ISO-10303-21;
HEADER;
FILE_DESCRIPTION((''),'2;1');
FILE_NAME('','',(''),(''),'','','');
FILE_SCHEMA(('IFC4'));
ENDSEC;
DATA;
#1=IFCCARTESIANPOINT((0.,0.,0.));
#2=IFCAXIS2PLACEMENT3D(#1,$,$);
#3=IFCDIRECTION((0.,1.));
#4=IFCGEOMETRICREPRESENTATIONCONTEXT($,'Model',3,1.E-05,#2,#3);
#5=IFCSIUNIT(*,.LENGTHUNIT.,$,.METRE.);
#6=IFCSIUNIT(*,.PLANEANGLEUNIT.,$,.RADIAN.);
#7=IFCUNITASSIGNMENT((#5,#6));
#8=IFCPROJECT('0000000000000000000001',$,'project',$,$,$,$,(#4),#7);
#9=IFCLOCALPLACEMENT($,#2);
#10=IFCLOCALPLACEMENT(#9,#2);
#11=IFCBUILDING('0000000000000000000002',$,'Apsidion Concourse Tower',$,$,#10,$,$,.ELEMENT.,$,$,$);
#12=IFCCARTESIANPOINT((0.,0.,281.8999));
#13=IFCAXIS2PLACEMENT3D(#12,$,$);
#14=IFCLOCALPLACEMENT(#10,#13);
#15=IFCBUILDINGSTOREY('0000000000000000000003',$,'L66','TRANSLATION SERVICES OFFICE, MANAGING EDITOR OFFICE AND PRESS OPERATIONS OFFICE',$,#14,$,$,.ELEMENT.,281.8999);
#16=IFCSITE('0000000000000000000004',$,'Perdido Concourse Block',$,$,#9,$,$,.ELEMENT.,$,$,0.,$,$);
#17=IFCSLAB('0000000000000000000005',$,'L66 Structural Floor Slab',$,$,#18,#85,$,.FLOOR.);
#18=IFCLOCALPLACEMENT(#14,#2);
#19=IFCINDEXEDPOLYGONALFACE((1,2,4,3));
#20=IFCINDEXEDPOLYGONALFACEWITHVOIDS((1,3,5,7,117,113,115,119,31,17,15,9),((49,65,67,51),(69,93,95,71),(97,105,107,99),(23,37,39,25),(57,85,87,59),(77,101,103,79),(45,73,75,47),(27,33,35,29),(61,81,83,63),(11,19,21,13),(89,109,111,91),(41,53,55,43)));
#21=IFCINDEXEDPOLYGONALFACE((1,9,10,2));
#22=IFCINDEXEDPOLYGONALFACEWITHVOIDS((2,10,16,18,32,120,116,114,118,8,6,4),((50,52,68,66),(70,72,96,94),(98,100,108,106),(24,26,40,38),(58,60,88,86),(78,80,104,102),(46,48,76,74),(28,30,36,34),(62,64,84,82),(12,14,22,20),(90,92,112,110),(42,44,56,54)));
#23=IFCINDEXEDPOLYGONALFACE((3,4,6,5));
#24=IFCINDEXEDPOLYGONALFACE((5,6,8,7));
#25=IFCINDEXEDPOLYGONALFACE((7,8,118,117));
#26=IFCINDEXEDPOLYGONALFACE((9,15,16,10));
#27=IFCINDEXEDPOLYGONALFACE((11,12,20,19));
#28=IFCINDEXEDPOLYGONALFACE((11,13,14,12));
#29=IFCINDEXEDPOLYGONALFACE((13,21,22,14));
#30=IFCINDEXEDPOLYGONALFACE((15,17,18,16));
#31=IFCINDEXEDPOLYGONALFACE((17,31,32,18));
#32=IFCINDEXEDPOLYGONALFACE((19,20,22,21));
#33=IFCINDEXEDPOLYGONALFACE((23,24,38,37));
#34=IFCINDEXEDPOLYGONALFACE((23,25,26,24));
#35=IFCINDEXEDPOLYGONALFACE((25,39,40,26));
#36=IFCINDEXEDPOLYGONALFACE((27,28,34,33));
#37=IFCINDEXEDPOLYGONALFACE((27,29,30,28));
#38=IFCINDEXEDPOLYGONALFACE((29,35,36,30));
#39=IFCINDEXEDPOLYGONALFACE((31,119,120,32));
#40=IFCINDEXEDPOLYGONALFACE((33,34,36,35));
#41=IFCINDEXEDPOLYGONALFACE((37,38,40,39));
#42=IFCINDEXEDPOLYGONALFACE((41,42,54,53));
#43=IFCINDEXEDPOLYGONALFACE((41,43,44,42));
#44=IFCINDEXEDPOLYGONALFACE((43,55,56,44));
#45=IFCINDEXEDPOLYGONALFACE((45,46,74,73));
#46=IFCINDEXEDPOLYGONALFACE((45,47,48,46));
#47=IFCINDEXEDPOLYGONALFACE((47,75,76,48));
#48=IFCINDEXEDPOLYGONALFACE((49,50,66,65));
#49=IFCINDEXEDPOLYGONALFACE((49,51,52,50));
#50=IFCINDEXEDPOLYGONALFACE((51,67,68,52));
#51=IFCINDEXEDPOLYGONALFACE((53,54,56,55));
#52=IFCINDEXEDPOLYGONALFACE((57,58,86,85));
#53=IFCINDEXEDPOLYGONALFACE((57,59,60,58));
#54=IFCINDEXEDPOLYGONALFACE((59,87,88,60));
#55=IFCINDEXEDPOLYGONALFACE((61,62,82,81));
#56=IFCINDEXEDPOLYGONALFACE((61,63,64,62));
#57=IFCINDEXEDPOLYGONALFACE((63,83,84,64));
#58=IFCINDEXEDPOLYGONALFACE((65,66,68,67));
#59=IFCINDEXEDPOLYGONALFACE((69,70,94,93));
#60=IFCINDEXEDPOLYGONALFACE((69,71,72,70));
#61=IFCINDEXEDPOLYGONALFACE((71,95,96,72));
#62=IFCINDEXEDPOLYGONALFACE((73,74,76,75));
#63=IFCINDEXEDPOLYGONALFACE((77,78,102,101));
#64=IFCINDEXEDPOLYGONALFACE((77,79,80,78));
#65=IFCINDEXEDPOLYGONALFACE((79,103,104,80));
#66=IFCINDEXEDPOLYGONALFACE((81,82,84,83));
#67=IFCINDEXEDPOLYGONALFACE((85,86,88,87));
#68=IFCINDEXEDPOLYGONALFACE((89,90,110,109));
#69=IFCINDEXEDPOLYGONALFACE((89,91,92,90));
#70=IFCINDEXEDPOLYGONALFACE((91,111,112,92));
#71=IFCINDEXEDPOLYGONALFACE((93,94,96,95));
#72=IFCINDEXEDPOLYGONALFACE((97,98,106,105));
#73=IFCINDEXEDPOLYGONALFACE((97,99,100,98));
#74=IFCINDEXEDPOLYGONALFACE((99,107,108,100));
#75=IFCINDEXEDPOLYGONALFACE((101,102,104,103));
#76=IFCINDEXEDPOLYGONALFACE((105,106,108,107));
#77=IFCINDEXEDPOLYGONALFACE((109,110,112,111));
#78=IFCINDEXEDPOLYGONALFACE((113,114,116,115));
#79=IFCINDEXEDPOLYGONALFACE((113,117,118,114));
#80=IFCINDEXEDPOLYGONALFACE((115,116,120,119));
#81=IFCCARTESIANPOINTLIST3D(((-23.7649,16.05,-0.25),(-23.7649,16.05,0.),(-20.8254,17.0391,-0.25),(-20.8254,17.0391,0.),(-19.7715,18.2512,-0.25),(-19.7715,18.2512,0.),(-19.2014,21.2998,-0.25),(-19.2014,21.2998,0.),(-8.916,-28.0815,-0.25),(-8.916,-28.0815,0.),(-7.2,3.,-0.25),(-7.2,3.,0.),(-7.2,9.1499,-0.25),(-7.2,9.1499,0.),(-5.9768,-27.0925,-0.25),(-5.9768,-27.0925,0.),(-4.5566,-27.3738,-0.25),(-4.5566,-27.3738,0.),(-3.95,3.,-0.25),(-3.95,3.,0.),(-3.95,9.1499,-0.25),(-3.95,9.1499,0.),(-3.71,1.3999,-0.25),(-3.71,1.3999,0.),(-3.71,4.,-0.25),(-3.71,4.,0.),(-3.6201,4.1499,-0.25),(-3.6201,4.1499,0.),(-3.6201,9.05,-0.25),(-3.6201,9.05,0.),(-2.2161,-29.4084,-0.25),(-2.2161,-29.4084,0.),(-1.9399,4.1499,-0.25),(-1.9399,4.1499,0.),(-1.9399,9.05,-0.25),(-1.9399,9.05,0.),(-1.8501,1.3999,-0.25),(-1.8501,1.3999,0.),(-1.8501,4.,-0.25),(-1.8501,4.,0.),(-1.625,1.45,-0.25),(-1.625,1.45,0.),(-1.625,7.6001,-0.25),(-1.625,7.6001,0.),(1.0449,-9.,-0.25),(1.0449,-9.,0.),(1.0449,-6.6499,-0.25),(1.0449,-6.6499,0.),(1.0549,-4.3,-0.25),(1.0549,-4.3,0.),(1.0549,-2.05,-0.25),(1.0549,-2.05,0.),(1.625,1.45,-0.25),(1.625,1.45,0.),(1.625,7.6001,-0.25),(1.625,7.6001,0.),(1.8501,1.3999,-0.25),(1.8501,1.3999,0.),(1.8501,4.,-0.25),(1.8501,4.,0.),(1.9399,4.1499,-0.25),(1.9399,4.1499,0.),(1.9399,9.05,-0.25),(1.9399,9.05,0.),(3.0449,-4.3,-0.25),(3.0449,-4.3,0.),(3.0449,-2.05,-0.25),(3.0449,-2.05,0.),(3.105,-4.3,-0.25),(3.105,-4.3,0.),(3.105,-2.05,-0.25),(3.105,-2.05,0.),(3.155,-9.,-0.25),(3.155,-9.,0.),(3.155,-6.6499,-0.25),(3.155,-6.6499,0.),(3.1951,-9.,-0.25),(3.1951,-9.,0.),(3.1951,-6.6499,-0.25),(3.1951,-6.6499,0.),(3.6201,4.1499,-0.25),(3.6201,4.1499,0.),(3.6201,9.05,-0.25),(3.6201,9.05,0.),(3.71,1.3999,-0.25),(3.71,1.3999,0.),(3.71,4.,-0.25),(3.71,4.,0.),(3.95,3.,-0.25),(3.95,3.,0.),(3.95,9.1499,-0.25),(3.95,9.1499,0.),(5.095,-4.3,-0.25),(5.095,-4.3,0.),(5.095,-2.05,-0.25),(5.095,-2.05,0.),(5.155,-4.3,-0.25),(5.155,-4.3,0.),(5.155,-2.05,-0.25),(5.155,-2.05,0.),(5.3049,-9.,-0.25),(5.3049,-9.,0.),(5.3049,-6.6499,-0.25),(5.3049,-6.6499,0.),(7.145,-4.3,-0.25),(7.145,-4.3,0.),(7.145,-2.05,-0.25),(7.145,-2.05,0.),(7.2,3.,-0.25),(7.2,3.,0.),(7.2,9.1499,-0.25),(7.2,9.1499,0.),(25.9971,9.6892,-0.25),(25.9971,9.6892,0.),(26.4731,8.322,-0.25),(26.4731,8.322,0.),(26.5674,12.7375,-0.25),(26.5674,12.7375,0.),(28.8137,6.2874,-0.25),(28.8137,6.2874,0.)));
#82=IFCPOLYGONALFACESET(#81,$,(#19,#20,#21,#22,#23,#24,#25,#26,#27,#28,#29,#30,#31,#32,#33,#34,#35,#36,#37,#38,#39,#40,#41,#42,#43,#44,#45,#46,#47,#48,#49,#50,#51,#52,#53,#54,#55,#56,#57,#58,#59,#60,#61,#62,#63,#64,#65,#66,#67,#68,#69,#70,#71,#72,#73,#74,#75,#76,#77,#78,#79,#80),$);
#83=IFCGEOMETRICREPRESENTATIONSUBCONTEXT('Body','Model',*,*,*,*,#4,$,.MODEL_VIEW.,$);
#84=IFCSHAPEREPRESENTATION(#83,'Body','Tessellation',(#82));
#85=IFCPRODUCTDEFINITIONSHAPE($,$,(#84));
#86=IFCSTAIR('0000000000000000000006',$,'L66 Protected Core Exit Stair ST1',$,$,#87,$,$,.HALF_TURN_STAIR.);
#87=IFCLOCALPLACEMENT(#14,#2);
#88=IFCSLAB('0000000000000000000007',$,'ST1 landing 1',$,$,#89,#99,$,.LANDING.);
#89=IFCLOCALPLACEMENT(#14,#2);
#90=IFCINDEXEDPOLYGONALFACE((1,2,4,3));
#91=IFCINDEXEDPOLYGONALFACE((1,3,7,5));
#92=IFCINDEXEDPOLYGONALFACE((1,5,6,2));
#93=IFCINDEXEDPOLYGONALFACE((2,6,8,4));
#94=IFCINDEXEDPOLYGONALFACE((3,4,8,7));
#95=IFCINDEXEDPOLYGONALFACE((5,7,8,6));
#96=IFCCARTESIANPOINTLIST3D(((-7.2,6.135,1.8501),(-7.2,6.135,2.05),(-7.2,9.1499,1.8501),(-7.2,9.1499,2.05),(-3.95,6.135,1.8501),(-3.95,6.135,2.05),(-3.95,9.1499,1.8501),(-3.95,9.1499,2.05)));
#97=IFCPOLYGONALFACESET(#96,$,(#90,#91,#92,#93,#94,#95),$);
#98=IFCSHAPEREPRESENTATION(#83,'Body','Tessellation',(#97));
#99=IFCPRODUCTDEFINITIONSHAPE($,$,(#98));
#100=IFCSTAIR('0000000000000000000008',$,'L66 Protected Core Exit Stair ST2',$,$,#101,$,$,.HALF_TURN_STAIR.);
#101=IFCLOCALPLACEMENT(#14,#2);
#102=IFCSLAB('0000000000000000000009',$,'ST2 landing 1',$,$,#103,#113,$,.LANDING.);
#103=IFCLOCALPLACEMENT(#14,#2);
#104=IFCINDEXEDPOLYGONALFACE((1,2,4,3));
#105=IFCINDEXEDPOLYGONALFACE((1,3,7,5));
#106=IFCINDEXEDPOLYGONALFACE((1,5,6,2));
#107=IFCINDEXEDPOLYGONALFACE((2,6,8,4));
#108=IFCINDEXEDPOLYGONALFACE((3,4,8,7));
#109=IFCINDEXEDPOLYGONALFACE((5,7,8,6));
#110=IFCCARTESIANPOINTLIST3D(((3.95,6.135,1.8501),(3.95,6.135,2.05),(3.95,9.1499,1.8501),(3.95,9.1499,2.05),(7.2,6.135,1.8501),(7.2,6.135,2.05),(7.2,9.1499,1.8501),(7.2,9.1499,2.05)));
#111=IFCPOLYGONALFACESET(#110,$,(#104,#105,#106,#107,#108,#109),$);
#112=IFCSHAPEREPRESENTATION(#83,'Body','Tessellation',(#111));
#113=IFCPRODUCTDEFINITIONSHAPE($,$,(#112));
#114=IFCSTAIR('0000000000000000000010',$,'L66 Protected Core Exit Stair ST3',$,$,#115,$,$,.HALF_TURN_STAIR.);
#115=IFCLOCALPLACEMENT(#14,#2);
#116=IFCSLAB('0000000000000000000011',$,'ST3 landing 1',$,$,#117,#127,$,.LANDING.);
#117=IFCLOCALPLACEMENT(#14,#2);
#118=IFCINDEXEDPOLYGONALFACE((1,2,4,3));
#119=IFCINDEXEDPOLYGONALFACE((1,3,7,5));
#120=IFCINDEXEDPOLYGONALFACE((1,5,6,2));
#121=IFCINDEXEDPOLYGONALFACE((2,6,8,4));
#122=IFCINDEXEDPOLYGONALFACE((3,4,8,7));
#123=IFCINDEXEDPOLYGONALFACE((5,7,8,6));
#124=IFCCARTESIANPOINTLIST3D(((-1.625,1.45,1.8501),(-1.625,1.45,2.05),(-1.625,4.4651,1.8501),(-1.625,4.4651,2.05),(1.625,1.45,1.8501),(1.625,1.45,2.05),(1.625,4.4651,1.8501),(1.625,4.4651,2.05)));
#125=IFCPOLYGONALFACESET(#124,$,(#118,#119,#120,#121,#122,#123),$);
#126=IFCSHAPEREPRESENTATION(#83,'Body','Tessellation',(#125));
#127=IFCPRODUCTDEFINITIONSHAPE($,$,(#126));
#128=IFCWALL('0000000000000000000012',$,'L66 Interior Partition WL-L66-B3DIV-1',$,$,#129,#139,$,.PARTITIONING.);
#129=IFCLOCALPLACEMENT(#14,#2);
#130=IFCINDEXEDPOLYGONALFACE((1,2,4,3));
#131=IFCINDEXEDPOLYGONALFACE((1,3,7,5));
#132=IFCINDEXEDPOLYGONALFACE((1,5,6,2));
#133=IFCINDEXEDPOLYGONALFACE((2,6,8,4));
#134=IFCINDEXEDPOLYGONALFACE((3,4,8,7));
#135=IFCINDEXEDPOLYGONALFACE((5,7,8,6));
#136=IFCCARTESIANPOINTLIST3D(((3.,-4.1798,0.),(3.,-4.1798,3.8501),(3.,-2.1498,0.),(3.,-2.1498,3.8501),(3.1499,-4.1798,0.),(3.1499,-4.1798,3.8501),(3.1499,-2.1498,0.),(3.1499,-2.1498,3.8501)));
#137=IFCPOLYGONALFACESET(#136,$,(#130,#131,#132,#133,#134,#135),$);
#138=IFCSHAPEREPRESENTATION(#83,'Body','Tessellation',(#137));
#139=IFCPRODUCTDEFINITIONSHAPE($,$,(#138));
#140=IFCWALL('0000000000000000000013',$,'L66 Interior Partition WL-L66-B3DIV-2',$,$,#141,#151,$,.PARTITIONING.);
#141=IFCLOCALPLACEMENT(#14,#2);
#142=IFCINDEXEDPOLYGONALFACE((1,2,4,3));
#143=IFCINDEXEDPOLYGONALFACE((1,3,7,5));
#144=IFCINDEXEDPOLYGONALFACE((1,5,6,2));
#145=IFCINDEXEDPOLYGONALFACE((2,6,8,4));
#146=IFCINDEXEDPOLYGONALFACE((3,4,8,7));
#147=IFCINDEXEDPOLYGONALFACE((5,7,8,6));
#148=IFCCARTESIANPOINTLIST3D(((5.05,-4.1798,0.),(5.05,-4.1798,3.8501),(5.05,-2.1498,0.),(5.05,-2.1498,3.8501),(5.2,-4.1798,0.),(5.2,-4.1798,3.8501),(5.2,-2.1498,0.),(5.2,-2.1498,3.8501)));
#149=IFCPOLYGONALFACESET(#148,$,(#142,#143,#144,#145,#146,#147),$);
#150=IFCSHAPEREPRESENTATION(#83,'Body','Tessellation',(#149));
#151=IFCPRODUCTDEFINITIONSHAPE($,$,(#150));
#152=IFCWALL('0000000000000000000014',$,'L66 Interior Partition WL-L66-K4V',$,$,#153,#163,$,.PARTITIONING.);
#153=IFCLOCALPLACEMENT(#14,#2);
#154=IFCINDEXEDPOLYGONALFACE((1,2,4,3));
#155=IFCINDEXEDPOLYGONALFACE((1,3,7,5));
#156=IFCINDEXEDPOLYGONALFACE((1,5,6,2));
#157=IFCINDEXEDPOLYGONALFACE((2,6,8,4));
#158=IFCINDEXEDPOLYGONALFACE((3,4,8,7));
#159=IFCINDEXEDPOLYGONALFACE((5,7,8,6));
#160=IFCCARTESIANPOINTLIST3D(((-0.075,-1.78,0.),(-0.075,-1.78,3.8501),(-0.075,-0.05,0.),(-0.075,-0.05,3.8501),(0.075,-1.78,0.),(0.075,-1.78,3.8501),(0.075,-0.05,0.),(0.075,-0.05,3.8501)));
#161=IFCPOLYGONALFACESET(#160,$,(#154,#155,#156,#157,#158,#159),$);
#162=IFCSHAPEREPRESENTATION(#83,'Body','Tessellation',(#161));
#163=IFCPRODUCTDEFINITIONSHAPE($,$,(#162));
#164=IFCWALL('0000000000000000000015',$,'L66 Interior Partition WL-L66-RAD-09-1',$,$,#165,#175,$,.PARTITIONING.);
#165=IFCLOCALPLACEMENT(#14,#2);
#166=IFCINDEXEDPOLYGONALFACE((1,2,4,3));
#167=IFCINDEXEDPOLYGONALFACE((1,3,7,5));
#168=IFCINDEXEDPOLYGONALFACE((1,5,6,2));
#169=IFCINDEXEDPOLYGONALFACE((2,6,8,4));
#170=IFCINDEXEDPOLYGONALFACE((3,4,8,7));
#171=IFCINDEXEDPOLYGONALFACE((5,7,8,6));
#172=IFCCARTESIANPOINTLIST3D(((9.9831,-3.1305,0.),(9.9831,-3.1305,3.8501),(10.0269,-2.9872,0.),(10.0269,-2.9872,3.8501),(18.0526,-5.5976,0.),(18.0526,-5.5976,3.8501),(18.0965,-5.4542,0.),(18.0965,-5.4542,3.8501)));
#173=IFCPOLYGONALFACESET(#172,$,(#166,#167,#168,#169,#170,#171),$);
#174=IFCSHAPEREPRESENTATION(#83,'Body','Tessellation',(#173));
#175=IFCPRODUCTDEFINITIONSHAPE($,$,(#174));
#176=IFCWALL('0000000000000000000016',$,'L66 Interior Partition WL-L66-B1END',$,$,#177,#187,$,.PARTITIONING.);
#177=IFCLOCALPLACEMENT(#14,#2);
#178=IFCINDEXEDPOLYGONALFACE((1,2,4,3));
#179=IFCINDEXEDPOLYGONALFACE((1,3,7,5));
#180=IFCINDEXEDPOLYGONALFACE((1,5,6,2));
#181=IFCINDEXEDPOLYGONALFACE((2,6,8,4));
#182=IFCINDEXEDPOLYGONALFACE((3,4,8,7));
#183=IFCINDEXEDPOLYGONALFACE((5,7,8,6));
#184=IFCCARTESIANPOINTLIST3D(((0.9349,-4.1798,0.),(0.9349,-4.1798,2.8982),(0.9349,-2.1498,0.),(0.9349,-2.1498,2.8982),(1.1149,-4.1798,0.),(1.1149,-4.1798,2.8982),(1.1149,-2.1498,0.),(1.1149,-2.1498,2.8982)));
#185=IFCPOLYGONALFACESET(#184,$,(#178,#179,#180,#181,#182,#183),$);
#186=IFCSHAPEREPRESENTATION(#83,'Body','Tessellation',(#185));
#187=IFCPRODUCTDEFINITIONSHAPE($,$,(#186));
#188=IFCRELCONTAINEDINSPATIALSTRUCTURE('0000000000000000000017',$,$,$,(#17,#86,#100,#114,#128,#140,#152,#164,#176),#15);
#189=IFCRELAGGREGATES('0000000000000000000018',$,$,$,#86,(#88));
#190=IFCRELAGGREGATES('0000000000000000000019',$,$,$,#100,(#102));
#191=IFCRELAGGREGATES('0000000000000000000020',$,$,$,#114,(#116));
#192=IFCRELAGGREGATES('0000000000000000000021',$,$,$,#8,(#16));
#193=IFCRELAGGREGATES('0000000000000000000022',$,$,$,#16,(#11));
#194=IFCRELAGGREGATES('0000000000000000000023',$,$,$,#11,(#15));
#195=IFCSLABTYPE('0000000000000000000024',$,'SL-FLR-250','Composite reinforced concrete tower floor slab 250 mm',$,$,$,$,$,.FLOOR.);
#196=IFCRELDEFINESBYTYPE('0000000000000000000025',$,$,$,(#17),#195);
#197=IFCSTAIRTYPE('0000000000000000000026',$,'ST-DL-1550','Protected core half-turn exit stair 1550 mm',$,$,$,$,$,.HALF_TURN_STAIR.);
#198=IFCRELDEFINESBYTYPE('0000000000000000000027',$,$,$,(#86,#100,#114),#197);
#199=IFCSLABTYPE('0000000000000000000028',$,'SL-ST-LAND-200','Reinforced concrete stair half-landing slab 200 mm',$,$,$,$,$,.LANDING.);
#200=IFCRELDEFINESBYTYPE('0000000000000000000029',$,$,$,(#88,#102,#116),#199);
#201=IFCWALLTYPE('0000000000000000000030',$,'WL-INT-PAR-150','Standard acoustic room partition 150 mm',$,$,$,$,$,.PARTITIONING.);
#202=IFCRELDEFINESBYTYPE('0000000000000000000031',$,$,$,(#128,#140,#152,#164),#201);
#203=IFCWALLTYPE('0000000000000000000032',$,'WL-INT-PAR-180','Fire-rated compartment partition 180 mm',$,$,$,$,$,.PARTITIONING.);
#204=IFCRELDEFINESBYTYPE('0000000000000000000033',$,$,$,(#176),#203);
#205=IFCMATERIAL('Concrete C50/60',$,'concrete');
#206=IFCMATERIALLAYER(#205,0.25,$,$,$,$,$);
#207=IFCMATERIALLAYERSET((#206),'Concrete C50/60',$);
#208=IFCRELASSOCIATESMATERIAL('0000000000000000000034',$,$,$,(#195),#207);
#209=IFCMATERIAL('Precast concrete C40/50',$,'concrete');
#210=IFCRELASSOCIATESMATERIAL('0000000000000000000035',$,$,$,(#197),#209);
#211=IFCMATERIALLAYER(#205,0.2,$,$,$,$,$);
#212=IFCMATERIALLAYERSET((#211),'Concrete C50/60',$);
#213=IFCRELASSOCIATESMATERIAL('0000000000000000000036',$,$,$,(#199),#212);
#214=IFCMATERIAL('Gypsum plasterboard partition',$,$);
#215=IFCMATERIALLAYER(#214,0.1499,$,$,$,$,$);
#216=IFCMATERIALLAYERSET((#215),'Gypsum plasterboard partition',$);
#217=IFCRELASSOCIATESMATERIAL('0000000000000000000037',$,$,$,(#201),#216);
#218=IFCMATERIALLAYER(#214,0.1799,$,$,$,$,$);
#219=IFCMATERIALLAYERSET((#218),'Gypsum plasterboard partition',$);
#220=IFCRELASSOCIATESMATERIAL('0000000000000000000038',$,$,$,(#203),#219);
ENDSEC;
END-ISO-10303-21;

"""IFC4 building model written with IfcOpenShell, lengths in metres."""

from ifc_helpers import new_model, si_unit, direction, frame, frame_2d, origin, place, context, subcontext, project, spatial, polyline, rectangle, outline, extrude, material, layer, layer_set, type_object, element, aggregate, save


model = new_model("IFC4")

# Units and contexts
model_context = context("Model", 3, precision=1e-05, world=origin(), true_north=direction((0.0, 1.0)))
body_context = subcontext(model_context, "Body", "Model", "MODEL_VIEW")
ifc_project = project(units=[si_unit("LENGTHUNIT", "METRE"), si_unit("PLANEANGLEUNIT", "RADIAN")], contexts=[model_context])

# Site, building, storey
site_placement = place(None, origin())
site = spatial("IfcSite", under=ifc_project, at=site_placement, Name="Perdido Concourse Block", CompositionType="ELEMENT", RefElevation=0.0)
building_placement = place(site_placement, origin())
building = spatial("IfcBuilding", under=site, at=building_placement, Name="Apsidion Concourse Tower", CompositionType="ELEMENT")
storey_placement = place(building_placement, frame((0.0, 0.0, 281.8999)))
storey = spatial("IfcBuildingStorey", under=building, at=storey_placement, Name="L66", Description="TRANSLATION SERVICES OFFICE, MANAGING EDITOR OFFICE AND PRESS OPERATIONS OFFICE", CompositionType="ELEMENT", Elevation=281.8999)

# Shared definitions
ifc_material_1 = material(Name="Concrete C50/60", Category="concrete")

# Slab
ifc_layer_1 = layer(ifc_material_1, 0.25)
ifc_layer_set_1 = layer_set([ifc_layer_1], Name="Concrete C50/60")
slab_type_1 = type_object("IfcSlabType", Name="SL-FLR-250", Description="Composite reinforced concrete tower floor slab 250 mm", PredefinedType="FLOOR", material=ifc_layer_set_1)
slab_1_placement = place(storey_placement, frame((0.0, 0.0, -0.25)))
element("IfcSlab", 1, at=slab_1_placement, inside=storey, type_object=slab_type_1, Name="L66 Structural Floor Slab", PredefinedType="FLOOR", context=body_context, shape_type="SweptSolid", body=[
    extrude(outline(polyline([(-19.2014, 21.2998), (-19.7715, 18.2512), (-20.8254, 17.0391), (-23.7649, 16.05), (-8.916, -28.0815), (-5.9768, -27.0925), (-4.5566, -27.3738), (-2.2161, -29.4084), (28.8137, 6.2874), (26.4731, 8.322), (25.9971, 9.6892), (26.5674, 12.7375), (-19.2014, 21.2998)]), holes=[polyline([(-3.95, 3.0), (-3.95, 9.1499), (-7.2, 9.1499), (-7.2, 3.0), (-3.95, 3.0)]), polyline([(7.2, 3.0), (7.2, 9.1499), (3.95, 9.1499), (3.95, 3.0), (7.2, 3.0)]), polyline([(-1.625, 7.6001), (-1.625, 1.45), (1.625, 1.45), (1.625, 7.6001), (-1.625, 7.6001)]), polyline([(1.0549, -4.3), (3.0449, -4.3), (3.0449, -2.05), (1.0549, -2.05), (1.0549, -4.3)]), polyline([(3.105, -4.3), (5.095, -4.3), (5.095, -2.05), (3.105, -2.05), (3.105, -4.3)]), polyline([(5.155, -4.3), (7.145, -4.3), (7.145, -2.05), (5.155, -2.05), (5.155, -4.3)]), polyline([(1.0449, -9.0), (3.155, -9.0), (3.155, -6.6499), (1.0449, -6.6499), (1.0449, -9.0)]), polyline([(3.1951, -9.0), (5.3049, -9.0), (5.3049, -6.6499), (3.1951, -6.6499), (3.1951, -9.0)]), polyline([(-3.71, 1.3999), (-1.8501, 1.3999), (-1.8501, 4.0), (-3.71, 4.0), (-3.71, 1.3999)]), polyline([(1.8501, 1.3999), (3.71, 1.3999), (3.71, 4.0), (1.8501, 4.0), (1.8501, 1.3999)]), polyline([(-3.6201, 4.1499), (-1.9399, 4.1499), (-1.9399, 9.05), (-3.6201, 9.05), (-3.6201, 4.1499)]), polyline([(1.9399, 4.1499), (3.6201, 4.1499), (3.6201, 9.05), (1.9399, 9.05), (1.9399, 4.1499)])]), origin(), (0.0, 0.0, 1.0), 0.25),
])

# Stairs, slabs
ifc_material_2 = material(Name="Precast concrete C40/50", Category="concrete")
stair_type = type_object("IfcStairType", Name="ST-DL-1550", Description="Protected core half-turn exit stair 1550 mm", PredefinedType="HALF_TURN_STAIR", material=ifc_material_2)
stair_1_placement = place(storey_placement, origin())
stair_1 = element("IfcStair", 2, at=stair_1_placement, inside=storey, type_object=stair_type, Name="L66 Protected Core Exit Stair ST1", PredefinedType="HALF_TURN_STAIR")
ifc_layer_2 = layer(ifc_material_1, 0.2)
ifc_layer_set_2 = layer_set([ifc_layer_2], Name="Concrete C50/60")
slab_type_2 = type_object("IfcSlabType", Name="SL-ST-LAND-200", Description="Reinforced concrete stair half-landing slab 200 mm", PredefinedType="LANDING", material=ifc_layer_set_2)
slab_2_placement = place(storey_placement, frame((0.0, 0.0, 1.8501)))
slab_2 = element("IfcSlab", 3, at=slab_2_placement, type_object=slab_type_2, Name="ST1 landing 1", PredefinedType="LANDING", context=body_context, shape_type="SweptSolid", body=[
    extrude(outline(polyline([(-3.95, 6.135), (-3.95, 9.1499), (-7.2, 9.1499), (-7.2, 6.135), (-3.95, 6.135)])), origin(), (0.0, 0.0, 1.0), 0.2),
])
aggregate(stair_1, [slab_2])
stair_2_placement = place(storey_placement, origin())
stair_2 = element("IfcStair", 4, at=stair_2_placement, inside=storey, type_object=stair_type, Name="L66 Protected Core Exit Stair ST2", PredefinedType="HALF_TURN_STAIR")
slab_3_placement = place(storey_placement, frame((0.0, 0.0, 1.8501)))
slab_3 = element("IfcSlab", 5, at=slab_3_placement, type_object=slab_type_2, Name="ST2 landing 1", PredefinedType="LANDING", context=body_context, shape_type="SweptSolid", body=[
    extrude(outline(polyline([(7.2, 6.135), (7.2, 9.1499), (3.95, 9.1499), (3.95, 6.135), (7.2, 6.135)])), origin(), (0.0, 0.0, 1.0), 0.2),
])
aggregate(stair_2, [slab_3])
stair_3_placement = place(storey_placement, origin())
stair_3 = element("IfcStair", 6, at=stair_3_placement, inside=storey, type_object=stair_type, Name="L66 Protected Core Exit Stair ST3", PredefinedType="HALF_TURN_STAIR")
slab_4_placement = place(storey_placement, frame((0.0, 0.0, 1.8501)))
slab_4 = element("IfcSlab", 7, at=slab_4_placement, type_object=slab_type_2, Name="ST3 landing 1", PredefinedType="LANDING", context=body_context, shape_type="SweptSolid", body=[
    extrude(outline(polyline([(-1.625, 4.4651), (-1.625, 1.45), (1.625, 1.45), (1.625, 4.4651), (-1.625, 4.4651)])), origin(), (0.0, 0.0, 1.0), 0.2),
])
aggregate(stair_3, [slab_4])

# Walls
ifc_material_3 = material(Name="Gypsum plasterboard partition")
ifc_layer_3 = layer(ifc_material_3, 0.1499)
ifc_layer_set_3 = layer_set([ifc_layer_3], Name="Gypsum plasterboard partition")
wall_type_1 = type_object("IfcWallType", Name="WL-INT-PAR-150", Description="Standard acoustic room partition 150 mm", PredefinedType="PARTITIONING", material=ifc_layer_set_3)
for number, where, z_axis, x_axis, name in (
    (8, (3.075, -4.1799, 0.0), (0.0, 0.0, 1.0), (0.0, 1.0, 0.0), "L66 Interior Partition WL-L66-B3DIV-1"),
    (9, (5.125, -4.1799, 0.0), (0.0, 0.0, 1.0), (0.0, 1.0, 0.0), "L66 Interior Partition WL-L66-B3DIV-2"),
):
    element("IfcWall", number, at=place(storey_placement, frame(where, z_axis=z_axis, x_axis=x_axis)), inside=storey, type_object=wall_type_1, Name=name, PredefinedType="PARTITIONING", context=body_context, shape_type="SweptSolid", body=[
        extrude(rectangle(XDim=2.03, YDim=0.1499, at=frame_2d((1.0151, 0.0))), origin(), (0.0, 0.0, 1.0), 3.8501),
    ])
wall_1_placement = place(storey_placement, frame((0.0, -1.78, 0.0), z_axis=(0.0, 0.0, 1.0), x_axis=(0.0, 1.0, 0.0)))
element("IfcWall", 10, at=wall_1_placement, inside=storey, type_object=wall_type_1, Name="L66 Interior Partition WL-L66-K4V", PredefinedType="PARTITIONING", context=body_context, shape_type="SweptSolid", body=[
    extrude(rectangle(XDim=1.73, YDim=0.1499, at=frame_2d((0.865, 0.0))), origin(), (0.0, 0.0, 1.0), 3.8501),
])
wall_2_placement = place(storey_placement, frame((10.0049, -3.0588, 0.0), z_axis=(0.0, 0.0, 1.0), x_axis=(0.956307, -0.292363, 0.0)))
element("IfcWall", 11, at=wall_2_placement, inside=storey, type_object=wall_type_1, Name="L66 Interior Partition WL-L66-RAD-09-1", PredefinedType="PARTITIONING", context=body_context, shape_type="SweptSolid", body=[
    extrude(rectangle(XDim=8.4382, YDim=0.1499, at=frame_2d((4.2192, 0.0))), origin(), (0.0, 0.0, 1.0), 3.8501),
])
ifc_layer_4 = layer(ifc_material_3, 0.1799)
ifc_layer_set_4 = layer_set([ifc_layer_4], Name="Gypsum plasterboard partition")
wall_type_2 = type_object("IfcWallType", Name="WL-INT-PAR-180", Description="Fire-rated compartment partition 180 mm", PredefinedType="PARTITIONING", material=ifc_layer_set_4)
wall_3_placement = place(storey_placement, frame((1.0249, -4.1799, 0.0), z_axis=(0.0, 0.0, 1.0), x_axis=(0.0, 1.0, 0.0)))
element("IfcWall", 12, at=wall_3_placement, inside=storey, type_object=wall_type_2, Name="L66 Interior Partition WL-L66-B1END", PredefinedType="PARTITIONING", context=body_context, shape_type="SweptSolid", body=[
    extrude(rectangle(XDim=2.03, YDim=0.1799, at=frame_2d((1.0151, 0.0))), origin(), (0.0, 0.0, 1.0), 2.8982),
])

save(model, "model.ifc")
